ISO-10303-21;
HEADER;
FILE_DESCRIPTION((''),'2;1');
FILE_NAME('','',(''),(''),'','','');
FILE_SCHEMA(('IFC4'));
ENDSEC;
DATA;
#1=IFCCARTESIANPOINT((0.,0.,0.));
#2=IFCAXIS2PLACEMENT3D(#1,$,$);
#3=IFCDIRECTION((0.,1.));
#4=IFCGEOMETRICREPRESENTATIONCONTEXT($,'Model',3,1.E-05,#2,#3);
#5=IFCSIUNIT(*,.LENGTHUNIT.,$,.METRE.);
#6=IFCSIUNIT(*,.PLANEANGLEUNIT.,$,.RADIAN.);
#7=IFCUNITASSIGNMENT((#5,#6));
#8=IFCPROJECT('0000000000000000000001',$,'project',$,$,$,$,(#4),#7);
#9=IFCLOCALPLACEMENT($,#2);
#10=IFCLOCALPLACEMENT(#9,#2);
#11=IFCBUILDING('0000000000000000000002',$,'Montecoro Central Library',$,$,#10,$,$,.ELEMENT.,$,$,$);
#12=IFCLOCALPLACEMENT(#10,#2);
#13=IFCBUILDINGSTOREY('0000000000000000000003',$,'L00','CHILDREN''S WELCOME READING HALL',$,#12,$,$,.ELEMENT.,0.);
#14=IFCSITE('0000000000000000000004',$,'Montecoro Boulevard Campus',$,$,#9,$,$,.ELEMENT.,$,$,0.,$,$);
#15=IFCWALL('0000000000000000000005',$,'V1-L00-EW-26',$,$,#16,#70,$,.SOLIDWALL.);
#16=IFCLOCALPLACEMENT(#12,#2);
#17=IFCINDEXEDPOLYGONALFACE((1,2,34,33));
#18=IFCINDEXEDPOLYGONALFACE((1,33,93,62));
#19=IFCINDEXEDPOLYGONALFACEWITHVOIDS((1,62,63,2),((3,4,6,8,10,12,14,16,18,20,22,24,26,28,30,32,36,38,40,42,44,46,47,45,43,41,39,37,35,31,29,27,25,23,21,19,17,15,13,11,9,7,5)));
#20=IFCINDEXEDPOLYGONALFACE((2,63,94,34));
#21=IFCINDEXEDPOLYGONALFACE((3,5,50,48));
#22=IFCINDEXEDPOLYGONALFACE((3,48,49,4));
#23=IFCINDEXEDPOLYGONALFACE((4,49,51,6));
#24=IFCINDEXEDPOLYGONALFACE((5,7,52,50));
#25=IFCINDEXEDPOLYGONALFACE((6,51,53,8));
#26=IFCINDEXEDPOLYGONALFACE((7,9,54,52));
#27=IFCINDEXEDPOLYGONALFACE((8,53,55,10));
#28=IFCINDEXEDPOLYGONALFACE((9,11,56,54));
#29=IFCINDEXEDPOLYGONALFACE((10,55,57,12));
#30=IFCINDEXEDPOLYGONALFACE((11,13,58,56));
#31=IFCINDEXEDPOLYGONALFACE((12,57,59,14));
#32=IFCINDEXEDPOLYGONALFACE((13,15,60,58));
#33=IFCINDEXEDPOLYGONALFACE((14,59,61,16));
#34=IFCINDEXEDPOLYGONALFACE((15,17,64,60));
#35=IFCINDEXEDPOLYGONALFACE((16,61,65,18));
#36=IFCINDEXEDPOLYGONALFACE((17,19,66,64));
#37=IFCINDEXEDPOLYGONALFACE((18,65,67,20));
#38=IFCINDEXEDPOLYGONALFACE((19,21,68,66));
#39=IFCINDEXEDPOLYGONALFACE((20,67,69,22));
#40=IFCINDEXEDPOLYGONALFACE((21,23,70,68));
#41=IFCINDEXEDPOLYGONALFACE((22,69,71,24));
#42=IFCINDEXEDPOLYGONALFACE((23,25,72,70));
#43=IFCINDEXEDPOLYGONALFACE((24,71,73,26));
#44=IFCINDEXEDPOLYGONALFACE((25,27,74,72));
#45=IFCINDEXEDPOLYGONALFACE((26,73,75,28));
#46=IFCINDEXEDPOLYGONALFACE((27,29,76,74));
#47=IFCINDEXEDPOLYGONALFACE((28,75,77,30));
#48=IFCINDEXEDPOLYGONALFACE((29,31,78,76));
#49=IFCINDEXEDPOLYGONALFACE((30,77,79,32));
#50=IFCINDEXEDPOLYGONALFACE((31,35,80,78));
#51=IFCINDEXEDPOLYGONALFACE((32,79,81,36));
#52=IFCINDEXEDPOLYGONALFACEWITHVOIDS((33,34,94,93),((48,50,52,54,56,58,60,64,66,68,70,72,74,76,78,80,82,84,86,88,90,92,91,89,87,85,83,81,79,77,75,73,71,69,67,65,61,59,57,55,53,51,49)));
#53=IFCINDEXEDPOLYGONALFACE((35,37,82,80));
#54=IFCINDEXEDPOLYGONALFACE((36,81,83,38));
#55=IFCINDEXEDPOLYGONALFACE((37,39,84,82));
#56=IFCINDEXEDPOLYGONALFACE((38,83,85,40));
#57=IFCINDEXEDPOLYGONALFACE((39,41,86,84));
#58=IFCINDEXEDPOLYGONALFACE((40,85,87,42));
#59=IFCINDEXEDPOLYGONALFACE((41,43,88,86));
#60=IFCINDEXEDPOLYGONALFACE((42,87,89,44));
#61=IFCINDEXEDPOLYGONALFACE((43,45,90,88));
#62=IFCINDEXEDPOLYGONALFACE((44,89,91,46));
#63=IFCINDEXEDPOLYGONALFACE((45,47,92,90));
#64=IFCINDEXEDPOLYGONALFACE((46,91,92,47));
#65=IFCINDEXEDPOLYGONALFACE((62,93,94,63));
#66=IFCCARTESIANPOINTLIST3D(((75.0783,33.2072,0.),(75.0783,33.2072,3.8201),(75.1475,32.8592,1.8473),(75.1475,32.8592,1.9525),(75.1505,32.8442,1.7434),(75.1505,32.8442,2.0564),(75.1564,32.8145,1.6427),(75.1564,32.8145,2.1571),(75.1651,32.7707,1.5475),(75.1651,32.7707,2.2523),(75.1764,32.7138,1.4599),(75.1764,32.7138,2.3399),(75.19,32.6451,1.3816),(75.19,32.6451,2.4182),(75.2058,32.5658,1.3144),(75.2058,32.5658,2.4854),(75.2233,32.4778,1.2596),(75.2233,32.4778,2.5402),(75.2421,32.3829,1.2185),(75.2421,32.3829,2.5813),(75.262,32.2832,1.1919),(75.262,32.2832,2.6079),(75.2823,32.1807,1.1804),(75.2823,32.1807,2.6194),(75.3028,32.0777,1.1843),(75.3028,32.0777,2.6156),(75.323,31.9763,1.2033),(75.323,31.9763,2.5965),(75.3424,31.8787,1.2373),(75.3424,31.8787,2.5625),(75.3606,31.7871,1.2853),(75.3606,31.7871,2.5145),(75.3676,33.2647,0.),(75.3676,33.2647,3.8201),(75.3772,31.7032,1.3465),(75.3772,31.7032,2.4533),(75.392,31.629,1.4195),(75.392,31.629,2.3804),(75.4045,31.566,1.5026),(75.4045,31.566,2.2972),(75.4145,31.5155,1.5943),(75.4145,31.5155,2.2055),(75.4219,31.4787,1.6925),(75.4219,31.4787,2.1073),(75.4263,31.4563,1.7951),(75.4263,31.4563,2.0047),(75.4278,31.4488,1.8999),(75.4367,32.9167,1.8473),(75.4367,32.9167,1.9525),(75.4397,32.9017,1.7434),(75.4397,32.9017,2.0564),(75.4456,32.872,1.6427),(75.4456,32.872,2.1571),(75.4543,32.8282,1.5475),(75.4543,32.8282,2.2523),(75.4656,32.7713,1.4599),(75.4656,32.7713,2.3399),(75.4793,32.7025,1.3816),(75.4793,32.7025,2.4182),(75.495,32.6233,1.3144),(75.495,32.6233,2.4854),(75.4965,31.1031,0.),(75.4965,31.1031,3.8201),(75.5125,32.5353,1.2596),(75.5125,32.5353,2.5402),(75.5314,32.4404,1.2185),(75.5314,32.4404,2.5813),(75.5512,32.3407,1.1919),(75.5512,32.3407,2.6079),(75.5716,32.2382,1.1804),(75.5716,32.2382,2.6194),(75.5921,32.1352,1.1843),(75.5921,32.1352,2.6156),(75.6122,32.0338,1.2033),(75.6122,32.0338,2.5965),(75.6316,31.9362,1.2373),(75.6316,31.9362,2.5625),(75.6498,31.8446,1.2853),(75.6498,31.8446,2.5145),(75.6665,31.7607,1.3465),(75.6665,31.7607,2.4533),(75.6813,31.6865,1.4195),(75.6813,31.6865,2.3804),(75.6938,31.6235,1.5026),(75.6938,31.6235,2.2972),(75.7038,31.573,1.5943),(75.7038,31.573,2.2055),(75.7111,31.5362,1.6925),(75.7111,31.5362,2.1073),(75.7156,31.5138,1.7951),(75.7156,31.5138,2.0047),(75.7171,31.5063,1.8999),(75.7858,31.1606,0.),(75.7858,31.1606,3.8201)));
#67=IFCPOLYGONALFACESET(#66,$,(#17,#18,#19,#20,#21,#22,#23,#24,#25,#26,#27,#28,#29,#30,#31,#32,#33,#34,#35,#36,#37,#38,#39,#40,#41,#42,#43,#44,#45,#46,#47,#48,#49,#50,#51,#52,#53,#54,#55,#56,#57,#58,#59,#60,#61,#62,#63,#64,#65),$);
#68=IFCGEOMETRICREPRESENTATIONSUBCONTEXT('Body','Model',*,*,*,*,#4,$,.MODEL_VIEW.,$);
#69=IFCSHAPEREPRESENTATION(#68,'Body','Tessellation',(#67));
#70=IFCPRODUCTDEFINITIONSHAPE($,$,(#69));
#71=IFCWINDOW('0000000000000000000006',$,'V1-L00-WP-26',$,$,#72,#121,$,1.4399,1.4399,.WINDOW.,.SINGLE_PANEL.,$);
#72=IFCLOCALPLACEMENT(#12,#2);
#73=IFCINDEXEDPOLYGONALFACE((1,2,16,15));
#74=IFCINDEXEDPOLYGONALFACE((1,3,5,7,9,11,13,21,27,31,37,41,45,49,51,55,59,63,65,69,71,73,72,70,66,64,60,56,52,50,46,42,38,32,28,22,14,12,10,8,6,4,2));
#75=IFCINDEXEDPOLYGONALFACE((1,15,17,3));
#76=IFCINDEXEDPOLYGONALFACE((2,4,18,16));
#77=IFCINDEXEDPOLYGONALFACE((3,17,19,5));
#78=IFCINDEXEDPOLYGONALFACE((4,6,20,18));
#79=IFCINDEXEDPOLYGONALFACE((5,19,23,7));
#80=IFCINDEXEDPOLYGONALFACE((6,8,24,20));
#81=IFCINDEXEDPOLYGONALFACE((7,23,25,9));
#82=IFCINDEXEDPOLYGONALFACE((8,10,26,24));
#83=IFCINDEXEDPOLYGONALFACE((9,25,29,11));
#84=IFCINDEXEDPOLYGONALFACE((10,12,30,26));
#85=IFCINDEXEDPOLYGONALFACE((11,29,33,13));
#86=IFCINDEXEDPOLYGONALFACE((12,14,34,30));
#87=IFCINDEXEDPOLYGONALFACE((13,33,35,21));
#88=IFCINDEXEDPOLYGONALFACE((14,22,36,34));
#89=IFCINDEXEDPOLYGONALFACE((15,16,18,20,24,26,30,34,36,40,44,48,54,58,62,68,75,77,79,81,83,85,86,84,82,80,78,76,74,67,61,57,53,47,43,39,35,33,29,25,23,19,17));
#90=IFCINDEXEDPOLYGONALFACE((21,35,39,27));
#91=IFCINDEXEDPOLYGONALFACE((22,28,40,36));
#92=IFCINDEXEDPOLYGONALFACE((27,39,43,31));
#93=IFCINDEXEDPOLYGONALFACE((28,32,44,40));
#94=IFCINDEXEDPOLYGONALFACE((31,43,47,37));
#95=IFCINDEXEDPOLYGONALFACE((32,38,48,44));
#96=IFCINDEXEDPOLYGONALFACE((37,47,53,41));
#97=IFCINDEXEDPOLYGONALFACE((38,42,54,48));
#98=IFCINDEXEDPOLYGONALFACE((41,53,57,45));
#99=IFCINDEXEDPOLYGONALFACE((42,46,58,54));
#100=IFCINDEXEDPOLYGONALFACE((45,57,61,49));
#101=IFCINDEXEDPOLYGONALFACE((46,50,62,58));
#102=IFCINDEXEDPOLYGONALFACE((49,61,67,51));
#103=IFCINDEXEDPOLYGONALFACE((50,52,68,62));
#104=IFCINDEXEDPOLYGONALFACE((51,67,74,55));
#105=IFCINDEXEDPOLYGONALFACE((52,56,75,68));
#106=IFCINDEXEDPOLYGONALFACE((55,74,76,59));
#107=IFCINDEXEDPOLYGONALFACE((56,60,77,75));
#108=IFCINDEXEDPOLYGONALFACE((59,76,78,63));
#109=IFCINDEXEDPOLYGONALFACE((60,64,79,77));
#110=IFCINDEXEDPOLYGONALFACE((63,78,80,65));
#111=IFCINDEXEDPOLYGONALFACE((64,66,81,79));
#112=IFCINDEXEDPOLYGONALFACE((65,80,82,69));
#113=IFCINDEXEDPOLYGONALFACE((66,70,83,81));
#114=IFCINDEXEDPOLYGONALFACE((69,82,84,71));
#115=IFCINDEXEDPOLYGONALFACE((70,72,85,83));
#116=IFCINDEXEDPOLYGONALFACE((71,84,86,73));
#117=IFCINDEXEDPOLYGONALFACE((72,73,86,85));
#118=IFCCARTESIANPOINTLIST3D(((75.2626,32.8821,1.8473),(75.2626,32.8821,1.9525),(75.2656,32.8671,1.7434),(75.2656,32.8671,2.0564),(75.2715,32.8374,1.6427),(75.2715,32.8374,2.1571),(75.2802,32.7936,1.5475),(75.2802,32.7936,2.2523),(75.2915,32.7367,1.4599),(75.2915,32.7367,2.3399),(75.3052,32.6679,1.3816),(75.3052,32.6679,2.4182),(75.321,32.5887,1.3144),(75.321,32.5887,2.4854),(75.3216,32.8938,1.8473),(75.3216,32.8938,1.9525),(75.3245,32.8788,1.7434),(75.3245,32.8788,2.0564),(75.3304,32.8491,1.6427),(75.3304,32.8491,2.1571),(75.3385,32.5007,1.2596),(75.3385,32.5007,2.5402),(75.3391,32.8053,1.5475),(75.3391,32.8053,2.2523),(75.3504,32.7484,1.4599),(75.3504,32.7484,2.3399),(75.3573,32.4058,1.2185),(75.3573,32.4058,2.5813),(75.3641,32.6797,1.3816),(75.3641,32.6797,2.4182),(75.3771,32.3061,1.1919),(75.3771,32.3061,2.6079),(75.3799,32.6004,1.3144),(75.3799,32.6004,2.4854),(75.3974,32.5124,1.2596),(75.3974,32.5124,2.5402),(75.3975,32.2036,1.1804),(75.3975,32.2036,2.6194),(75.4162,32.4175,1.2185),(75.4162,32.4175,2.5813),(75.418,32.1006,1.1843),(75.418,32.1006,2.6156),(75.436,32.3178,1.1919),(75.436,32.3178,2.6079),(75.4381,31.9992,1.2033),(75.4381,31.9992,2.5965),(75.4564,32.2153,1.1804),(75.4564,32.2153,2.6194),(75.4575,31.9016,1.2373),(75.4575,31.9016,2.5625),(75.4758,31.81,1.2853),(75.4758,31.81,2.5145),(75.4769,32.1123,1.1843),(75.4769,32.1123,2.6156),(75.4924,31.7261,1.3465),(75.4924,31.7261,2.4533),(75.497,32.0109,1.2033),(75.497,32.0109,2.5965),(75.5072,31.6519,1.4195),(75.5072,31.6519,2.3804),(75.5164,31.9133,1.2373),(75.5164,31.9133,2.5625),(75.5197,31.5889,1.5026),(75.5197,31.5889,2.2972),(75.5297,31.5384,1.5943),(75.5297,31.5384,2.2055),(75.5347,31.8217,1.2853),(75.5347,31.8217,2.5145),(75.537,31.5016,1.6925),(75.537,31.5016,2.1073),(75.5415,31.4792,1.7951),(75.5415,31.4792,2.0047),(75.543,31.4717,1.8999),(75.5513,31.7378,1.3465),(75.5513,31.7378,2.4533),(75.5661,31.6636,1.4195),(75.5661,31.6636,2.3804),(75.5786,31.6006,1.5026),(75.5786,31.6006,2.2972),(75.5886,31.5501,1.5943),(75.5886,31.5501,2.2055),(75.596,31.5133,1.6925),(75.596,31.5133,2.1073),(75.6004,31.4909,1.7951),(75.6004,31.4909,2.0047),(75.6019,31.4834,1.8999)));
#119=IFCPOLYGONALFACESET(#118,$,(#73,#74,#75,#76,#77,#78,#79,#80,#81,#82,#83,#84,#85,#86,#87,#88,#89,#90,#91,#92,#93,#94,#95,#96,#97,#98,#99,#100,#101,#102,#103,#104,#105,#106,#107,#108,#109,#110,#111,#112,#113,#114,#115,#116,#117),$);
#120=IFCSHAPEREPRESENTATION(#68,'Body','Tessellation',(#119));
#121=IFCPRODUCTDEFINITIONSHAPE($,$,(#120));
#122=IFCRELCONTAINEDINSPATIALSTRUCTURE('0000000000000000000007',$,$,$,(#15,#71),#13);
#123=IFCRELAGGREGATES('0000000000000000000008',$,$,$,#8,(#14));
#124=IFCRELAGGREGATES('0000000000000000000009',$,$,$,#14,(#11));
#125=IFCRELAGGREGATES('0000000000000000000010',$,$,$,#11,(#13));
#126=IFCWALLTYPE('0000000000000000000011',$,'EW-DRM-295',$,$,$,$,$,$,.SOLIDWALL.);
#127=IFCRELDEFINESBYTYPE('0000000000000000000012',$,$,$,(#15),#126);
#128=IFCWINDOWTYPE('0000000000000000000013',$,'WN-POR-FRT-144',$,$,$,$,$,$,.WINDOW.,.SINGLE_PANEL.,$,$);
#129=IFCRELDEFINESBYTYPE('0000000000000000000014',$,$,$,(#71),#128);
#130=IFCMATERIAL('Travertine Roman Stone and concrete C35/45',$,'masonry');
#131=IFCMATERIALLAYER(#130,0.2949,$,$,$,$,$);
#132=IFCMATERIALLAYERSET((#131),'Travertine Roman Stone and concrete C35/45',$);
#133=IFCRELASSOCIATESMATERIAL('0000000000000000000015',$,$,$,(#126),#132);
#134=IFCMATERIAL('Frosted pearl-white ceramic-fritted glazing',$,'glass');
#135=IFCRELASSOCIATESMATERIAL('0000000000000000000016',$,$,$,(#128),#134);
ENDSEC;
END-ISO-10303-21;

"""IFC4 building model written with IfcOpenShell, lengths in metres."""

from ifc_helpers import new_model, si_unit, direction, frame, frame_2d, origin, place, context, subcontext, project, spatial, rectangle, circle, extrude, material, layer, layer_set, type_object, element, fill, save


model = new_model("IFC4")

# Units and contexts
model_context = context("Model", 3, precision=1e-05, world=origin(), true_north=direction((0.0, 1.0)))
body_context = subcontext(model_context, "Body", "Model", "MODEL_VIEW")
ifc_project = project(units=[si_unit("LENGTHUNIT", "METRE"), si_unit("PLANEANGLEUNIT", "RADIAN")], contexts=[model_context])

# Site, building, storey
site_placement = place(None, origin())
site = spatial("IfcSite", under=ifc_project, at=site_placement, Name="Montecoro Boulevard Campus", CompositionType="ELEMENT", RefElevation=0.0)
building_placement = place(site_placement, origin())
building = spatial("IfcBuilding", under=site, at=building_placement, Name="Montecoro Central Library", CompositionType="ELEMENT")
storey_placement = place(building_placement, origin())
storey = spatial("IfcBuildingStorey", under=building, at=storey_placement, Name="L00", Description="CHILDREN'S WELCOME READING HALL", CompositionType="ELEMENT", Elevation=0.0)

# Wall, opening, window
ifc_material_1 = material(Name="Travertine Roman Stone and concrete C35/45", Category="masonry")
ifc_layer_1 = layer(ifc_material_1, 0.2949)
ifc_layer_set_1 = layer_set([ifc_layer_1], Name="Travertine Roman Stone and concrete C35/45")
wall_type = type_object("IfcWallType", Name="EW-DRM-295", PredefinedType="SOLIDWALL", material=ifc_layer_set_1)
wall_1_placement = place(storey_placement, frame((75.2229, 33.2361, 0.0), z_axis=(0.0, 0.0, 1.0), x_axis=(0.194956, -0.980812, 0.0)))
wall_1 = element("IfcWall", 1, at=wall_1_placement, inside=storey, type_object=wall_type, Name="V1-L00-EW-26", PredefinedType="SOLIDWALL", context=body_context, shape_type="SweptSolid", body=[
    extrude(rectangle(XDim=2.1453, YDim=0.2949, at=frame_2d((1.0728, 0.0))), origin(), (0.0, 0.0, 1.0), 3.8201),
])
opening_1_placement = place(wall_1_placement, frame((0.353, 0.0, 1.1799)))
opening_1 = element("IfcOpeningElement", 2, at=opening_1_placement, cuts=wall_1, PredefinedType="OPENING", context=body_context, shape_type="SweptSolid", body=[
    extrude(circle(Radius=0.72, at=frame_2d((0.72, 0.72))), frame((0.0, 0.1575, 0.0), z_axis=(0.0, -1.0, 0.0), x_axis=(1.0, 0.0, 0.0)), (0.0, 0.0, 1.0), 0.3149),
])
ifc_material_2 = material(Name="Frosted pearl-white ceramic-fritted glazing", Category="glass")
window_type_1 = type_object("IfcWindowType", Name="WN-POR-FRT-144", PartitioningType="SINGLE_PANEL", PredefinedType="WINDOW", material=ifc_material_2)
window_1_placement = place(opening_1_placement, origin())
window_1 = element("IfcWindow", 3, at=window_1_placement, inside=storey, type_object=window_type_1, Name="V1-L00-WP-26", OverallHeight=1.4399, OverallWidth=1.4399, PartitioningType="SINGLE_PANEL", PredefinedType="WINDOW", context=body_context, shape_type="SweptSolid", body=[
    extrude(circle(Radius=0.72, at=frame_2d((0.72, 0.72))), frame((0.0, 0.03, 0.0), z_axis=(0.0, -1.0, 0.0), x_axis=(1.0, 0.0, 0.0)), (0.0, 0.0, 1.0), 0.0601),
])
fill(opening_1, window_1)

save(model, "model.ifc")
